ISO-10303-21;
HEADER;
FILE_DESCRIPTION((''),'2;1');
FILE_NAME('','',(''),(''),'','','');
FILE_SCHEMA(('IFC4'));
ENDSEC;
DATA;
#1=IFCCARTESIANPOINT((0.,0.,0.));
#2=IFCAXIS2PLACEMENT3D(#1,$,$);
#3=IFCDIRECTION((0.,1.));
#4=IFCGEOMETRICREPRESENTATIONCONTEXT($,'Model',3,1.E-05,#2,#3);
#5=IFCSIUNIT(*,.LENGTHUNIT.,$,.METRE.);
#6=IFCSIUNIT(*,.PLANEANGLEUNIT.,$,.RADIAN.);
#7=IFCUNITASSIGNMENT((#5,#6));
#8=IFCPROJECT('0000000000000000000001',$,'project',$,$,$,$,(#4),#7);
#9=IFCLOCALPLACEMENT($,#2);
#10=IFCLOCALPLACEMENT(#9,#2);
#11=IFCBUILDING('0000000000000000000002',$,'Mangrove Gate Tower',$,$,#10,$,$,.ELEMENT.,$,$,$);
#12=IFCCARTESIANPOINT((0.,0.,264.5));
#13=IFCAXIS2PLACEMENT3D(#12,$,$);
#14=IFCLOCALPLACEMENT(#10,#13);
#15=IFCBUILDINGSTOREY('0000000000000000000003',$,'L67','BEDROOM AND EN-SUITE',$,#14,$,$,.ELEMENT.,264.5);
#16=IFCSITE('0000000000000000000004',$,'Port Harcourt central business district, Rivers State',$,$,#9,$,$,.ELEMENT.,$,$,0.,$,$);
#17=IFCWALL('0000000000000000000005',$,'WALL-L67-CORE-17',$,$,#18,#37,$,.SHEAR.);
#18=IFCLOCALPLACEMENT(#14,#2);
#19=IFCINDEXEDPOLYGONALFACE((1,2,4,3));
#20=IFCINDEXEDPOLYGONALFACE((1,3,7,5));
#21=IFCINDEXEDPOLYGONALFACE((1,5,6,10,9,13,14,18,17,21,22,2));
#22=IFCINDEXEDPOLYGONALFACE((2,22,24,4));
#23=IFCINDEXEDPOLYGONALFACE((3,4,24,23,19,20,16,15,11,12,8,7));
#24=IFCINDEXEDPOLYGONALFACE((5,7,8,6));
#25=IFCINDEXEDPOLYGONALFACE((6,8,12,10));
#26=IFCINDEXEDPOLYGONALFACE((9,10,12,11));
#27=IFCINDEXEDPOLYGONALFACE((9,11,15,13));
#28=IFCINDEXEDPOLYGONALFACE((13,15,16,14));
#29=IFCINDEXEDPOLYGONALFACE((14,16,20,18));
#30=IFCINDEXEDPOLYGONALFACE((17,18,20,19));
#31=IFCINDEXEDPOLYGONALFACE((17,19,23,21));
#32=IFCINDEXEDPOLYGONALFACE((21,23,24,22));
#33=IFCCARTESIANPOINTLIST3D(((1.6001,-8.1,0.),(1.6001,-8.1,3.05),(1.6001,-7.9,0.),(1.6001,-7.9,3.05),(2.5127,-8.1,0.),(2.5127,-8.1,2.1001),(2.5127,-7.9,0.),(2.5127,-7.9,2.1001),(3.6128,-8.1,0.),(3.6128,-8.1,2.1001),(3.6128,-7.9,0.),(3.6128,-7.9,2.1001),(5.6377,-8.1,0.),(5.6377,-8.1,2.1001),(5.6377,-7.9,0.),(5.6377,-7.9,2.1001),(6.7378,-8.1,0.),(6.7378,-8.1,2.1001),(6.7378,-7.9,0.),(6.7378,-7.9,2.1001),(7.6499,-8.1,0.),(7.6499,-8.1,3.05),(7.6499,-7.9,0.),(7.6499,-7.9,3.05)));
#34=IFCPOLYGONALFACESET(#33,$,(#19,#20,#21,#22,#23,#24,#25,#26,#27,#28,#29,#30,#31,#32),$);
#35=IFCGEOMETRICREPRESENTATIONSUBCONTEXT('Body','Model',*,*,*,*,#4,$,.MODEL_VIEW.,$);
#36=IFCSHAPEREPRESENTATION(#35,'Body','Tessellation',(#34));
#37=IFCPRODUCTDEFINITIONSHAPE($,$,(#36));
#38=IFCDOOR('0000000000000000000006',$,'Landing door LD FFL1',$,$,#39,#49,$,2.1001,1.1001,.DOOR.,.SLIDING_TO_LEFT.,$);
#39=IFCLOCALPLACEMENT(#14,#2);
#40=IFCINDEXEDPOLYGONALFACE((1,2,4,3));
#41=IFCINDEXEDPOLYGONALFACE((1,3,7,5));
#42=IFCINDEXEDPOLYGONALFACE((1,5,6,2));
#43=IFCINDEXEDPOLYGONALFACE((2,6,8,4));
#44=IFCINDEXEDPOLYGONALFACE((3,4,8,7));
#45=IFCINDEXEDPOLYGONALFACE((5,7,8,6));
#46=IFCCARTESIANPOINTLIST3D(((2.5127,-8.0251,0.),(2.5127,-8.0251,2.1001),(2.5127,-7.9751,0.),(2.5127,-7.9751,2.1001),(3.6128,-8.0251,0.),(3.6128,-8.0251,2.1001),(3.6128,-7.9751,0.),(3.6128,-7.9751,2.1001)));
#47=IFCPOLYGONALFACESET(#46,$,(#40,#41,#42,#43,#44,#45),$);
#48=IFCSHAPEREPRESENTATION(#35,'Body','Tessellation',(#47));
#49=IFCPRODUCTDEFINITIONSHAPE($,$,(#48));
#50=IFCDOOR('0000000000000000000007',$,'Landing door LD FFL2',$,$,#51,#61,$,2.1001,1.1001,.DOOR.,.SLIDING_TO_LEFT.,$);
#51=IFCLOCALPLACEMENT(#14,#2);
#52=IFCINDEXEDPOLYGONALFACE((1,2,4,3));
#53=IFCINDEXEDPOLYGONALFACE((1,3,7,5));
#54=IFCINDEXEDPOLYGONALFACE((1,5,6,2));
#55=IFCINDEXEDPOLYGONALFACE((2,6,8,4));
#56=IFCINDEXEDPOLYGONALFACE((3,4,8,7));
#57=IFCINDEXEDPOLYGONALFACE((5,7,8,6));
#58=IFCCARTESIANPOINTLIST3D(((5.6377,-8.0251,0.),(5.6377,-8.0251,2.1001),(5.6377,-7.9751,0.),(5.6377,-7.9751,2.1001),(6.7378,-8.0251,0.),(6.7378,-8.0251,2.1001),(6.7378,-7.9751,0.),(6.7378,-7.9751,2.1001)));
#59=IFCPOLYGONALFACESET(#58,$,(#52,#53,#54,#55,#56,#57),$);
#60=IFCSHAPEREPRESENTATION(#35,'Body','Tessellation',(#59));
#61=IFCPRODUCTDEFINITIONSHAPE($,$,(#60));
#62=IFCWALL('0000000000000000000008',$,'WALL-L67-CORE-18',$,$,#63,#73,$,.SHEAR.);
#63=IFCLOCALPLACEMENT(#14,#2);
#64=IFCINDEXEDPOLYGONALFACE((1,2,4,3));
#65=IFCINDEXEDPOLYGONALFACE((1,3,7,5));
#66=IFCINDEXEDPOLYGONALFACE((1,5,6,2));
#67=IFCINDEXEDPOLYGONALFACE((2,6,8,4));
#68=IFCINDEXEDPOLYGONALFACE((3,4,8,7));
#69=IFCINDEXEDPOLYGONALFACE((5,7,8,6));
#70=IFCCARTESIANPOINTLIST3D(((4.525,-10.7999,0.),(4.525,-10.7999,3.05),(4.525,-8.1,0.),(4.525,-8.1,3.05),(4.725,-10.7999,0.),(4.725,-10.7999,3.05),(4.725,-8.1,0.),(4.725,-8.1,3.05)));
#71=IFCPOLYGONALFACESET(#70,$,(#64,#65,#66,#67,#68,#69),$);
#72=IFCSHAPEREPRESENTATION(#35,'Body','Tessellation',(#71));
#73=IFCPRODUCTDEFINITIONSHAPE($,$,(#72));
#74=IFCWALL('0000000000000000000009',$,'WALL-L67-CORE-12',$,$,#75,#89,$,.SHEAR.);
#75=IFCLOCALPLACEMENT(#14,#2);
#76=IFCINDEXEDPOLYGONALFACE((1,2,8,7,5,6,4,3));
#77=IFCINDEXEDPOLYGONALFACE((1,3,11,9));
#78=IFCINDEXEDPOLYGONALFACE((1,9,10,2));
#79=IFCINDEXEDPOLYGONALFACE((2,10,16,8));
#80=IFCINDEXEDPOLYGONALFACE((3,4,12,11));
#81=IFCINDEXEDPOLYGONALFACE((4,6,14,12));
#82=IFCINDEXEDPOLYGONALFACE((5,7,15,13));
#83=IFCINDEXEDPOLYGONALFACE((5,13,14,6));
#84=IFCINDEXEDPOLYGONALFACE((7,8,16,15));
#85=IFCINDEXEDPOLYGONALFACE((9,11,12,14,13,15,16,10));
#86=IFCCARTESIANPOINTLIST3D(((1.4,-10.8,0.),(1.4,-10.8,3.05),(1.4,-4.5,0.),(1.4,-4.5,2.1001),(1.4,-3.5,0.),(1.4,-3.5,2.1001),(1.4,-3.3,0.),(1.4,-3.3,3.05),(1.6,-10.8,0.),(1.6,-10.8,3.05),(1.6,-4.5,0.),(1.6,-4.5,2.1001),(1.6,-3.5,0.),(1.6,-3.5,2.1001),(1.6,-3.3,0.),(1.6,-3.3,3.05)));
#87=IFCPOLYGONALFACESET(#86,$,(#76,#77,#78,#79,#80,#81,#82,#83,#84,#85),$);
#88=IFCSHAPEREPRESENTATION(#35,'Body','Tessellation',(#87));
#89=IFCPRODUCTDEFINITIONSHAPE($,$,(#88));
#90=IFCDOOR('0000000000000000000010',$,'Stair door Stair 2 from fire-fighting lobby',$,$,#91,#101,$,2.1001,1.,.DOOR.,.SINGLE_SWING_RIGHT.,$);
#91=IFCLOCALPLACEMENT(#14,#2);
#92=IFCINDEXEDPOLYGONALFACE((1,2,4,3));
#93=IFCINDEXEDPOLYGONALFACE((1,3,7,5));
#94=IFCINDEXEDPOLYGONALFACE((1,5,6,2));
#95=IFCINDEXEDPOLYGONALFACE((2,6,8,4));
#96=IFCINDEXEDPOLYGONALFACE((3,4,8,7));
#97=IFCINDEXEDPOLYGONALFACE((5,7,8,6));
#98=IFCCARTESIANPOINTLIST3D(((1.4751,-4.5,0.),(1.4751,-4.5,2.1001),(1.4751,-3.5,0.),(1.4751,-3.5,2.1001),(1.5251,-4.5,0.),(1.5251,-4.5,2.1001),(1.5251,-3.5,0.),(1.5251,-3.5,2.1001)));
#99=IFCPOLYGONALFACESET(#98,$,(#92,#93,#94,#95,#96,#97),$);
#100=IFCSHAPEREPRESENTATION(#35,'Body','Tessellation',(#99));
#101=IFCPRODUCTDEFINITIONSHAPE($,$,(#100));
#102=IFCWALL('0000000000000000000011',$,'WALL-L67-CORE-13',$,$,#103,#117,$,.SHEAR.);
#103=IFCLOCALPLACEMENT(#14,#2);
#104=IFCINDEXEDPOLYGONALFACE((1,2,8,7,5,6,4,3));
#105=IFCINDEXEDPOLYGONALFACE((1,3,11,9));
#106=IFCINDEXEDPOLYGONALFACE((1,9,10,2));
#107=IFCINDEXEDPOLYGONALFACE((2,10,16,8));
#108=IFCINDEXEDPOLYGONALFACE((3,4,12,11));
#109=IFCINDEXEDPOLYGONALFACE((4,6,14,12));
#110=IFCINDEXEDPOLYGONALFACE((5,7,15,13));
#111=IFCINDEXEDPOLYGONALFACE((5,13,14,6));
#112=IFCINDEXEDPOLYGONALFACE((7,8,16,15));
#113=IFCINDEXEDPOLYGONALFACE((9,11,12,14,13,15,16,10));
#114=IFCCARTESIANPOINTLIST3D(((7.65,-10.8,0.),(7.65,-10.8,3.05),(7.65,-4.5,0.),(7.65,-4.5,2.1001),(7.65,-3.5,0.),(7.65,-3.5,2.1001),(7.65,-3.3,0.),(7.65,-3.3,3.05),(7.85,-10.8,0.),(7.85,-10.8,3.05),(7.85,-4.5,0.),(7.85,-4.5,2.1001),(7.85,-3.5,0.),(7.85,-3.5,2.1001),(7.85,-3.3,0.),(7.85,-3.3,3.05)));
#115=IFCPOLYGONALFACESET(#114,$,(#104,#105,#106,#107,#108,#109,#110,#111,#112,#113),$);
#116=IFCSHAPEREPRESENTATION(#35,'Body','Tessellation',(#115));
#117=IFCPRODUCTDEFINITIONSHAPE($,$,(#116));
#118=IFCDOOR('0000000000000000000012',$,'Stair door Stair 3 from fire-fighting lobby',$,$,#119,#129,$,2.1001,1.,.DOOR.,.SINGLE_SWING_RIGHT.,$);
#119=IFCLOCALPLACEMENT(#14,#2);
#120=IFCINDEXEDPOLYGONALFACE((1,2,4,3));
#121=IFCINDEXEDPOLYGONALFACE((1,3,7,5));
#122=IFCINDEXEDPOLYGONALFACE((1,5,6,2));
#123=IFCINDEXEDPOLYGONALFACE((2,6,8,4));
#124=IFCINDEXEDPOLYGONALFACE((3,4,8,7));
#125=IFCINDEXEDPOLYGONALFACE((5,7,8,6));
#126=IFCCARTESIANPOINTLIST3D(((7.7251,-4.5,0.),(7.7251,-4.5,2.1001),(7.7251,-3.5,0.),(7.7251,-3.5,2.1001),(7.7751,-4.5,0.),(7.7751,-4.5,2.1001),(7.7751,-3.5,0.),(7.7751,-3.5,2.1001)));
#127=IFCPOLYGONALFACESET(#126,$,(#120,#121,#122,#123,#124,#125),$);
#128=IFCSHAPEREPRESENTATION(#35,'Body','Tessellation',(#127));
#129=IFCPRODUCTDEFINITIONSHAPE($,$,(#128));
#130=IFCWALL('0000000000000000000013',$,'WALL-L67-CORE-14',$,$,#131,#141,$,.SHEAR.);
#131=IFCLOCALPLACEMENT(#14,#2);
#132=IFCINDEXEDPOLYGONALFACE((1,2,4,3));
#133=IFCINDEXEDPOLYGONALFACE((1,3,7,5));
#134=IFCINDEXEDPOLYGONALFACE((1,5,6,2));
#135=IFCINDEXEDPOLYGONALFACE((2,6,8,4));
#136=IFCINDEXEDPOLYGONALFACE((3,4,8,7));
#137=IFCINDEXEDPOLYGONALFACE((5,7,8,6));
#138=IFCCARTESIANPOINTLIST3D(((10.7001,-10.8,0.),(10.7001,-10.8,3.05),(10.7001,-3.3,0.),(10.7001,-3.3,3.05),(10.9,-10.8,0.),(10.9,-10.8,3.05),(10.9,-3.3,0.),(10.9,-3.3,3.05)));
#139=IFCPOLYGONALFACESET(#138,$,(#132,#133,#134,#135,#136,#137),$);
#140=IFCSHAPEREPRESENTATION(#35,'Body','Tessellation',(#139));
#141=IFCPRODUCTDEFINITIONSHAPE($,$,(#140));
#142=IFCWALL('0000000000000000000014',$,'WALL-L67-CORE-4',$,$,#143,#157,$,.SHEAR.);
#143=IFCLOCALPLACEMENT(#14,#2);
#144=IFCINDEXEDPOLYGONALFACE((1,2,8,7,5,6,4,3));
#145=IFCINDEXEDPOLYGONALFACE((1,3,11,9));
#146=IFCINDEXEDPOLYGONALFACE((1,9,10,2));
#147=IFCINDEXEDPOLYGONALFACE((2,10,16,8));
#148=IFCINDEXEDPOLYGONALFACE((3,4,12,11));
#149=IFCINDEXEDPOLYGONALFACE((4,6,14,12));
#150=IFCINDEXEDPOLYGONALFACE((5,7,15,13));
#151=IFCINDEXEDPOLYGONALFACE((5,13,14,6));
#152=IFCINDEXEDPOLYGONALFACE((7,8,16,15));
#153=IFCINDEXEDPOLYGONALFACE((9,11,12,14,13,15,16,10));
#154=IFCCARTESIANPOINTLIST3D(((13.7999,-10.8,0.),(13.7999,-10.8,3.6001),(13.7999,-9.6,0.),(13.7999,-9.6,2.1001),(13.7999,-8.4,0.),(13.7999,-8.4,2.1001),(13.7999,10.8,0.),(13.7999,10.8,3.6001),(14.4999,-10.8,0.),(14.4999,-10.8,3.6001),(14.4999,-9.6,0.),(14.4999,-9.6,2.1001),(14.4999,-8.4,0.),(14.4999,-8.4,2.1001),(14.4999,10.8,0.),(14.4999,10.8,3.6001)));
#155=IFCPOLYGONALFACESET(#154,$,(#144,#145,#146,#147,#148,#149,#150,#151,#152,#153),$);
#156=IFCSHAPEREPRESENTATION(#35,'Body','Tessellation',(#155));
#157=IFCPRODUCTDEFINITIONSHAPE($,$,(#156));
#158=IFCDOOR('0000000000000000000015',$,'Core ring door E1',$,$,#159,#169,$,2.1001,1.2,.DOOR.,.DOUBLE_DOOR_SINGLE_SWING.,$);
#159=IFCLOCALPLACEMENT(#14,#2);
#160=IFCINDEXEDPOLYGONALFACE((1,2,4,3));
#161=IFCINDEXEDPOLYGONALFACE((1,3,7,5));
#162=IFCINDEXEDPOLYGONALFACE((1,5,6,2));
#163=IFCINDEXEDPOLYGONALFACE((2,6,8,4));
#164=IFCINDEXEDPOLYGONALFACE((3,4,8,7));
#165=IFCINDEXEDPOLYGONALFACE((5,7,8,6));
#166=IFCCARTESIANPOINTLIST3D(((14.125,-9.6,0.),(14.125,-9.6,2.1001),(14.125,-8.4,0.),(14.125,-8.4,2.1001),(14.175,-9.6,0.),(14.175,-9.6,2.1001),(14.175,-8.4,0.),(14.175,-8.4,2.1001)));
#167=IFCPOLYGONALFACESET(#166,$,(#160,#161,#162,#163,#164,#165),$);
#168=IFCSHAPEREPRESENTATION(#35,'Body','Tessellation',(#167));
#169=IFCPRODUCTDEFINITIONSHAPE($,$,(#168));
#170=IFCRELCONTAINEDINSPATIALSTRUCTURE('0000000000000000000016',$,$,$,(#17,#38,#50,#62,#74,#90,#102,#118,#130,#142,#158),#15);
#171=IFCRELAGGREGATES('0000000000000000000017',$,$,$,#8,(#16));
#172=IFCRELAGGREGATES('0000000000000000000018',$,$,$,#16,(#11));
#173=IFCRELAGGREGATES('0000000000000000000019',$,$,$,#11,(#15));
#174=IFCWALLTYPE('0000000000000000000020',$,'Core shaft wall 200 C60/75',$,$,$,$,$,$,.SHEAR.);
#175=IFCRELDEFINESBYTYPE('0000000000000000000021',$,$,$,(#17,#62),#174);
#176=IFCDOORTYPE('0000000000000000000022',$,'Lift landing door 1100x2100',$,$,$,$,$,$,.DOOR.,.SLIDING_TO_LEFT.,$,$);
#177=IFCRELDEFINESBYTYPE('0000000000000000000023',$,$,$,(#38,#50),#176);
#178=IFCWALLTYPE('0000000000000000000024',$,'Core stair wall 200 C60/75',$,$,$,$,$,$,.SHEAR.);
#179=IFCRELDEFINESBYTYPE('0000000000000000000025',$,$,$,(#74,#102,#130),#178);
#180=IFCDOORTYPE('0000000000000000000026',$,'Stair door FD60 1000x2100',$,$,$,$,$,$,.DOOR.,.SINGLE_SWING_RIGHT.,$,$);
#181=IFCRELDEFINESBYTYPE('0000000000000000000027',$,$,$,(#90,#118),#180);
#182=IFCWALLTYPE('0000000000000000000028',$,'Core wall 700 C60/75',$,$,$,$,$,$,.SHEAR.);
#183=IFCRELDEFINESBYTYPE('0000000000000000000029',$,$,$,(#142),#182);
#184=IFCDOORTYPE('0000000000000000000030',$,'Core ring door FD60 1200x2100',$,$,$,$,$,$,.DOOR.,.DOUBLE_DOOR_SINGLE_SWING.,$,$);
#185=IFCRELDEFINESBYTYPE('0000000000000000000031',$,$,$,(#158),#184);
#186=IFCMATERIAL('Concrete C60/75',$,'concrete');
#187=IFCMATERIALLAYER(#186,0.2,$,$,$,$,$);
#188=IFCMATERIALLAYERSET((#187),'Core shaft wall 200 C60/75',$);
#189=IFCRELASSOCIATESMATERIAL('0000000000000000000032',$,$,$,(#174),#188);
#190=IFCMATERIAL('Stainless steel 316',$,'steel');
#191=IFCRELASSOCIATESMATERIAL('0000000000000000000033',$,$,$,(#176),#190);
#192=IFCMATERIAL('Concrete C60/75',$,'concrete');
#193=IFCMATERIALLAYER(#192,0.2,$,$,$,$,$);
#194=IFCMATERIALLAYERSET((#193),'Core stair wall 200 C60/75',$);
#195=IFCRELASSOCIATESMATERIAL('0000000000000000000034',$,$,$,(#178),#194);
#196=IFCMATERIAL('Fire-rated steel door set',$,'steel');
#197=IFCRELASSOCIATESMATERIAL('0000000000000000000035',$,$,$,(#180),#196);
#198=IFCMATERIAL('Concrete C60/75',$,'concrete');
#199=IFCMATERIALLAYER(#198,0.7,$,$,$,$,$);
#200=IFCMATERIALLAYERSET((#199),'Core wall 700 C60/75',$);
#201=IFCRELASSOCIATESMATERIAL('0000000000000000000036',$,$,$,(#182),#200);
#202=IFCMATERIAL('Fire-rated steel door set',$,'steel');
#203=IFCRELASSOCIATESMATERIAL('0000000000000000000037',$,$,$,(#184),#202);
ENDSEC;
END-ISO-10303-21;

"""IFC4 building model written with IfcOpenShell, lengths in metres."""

from ifc_helpers import new_model, si_unit, direction, frame, frame_2d, origin, place, context, subcontext, project, spatial, rectangle, extrude, material, layer, layer_set, type_object, element, fill, save


model = new_model("IFC4")

# Units and contexts
model_context = context("Model", 3, precision=1e-05, world=origin(), true_north=direction((0.0, 1.0)))
body_context = subcontext(model_context, "Body", "Model", "MODEL_VIEW")
ifc_project = project(units=[si_unit("LENGTHUNIT", "METRE"), si_unit("PLANEANGLEUNIT", "RADIAN")], contexts=[model_context])

# Site, building, storey
site_placement = place(None, origin())
site = spatial("IfcSite", under=ifc_project, at=site_placement, Name="Port Harcourt central business district, Rivers State", CompositionType="ELEMENT", RefElevation=0.0)
building_placement = place(site_placement, origin())
building = spatial("IfcBuilding", under=site, at=building_placement, Name="Mangrove Gate Tower", CompositionType="ELEMENT")
storey_placement = place(building_placement, frame((0.0, 0.0, 264.5)))
storey = spatial("IfcBuildingStorey", under=building, at=storey_placement, Name="L67", Description="BEDROOM AND EN-SUITE", CompositionType="ELEMENT", Elevation=264.5)

# Wall, openings, doors
ifc_material_1 = material(Name="Concrete C60/75", Category="concrete")
ifc_layer_1 = layer(ifc_material_1, 0.2)
ifc_layer_set_1 = layer_set([ifc_layer_1], Name="Core shaft wall 200 C60/75")
wall_type_1 = type_object("IfcWallType", Name="Core shaft wall 200 C60/75", PredefinedType="SHEAR", material=ifc_layer_set_1)
wall_1_placement = place(storey_placement, frame((1.6001, -8.0, 0.0), z_axis=(0.0, 0.0, 1.0), x_axis=(1.0, 0.0, 0.0)))
wall_1 = element("IfcWall", 1, at=wall_1_placement, inside=storey, type_object=wall_type_1, Name="WALL-L67-CORE-17", PredefinedType="SHEAR", context=body_context, shape_type="SweptSolid", body=[
    extrude(rectangle(XDim=6.0498, YDim=0.2, at=frame_2d((3.0249, 0.0))), origin(), (0.0, 0.0, 1.0), 3.05),
])
opening_1_placement = place(wall_1_placement, frame((0.9126, 0.0, 0.0)))
opening_1 = element("IfcOpeningElement", 2, at=opening_1_placement, cuts=wall_1, PredefinedType="OPENING", context=body_context, shape_type="SweptSolid", body=[
    extrude(rectangle(XDim=1.1001, YDim=2.1001, at=frame_2d((0.55, 1.05))), frame((0.0, 0.1099, 0.0), z_axis=(0.0, -1.0, 0.0), x_axis=(1.0, 0.0, 0.0)), (0.0, 0.0, 1.0), 0.22),
])
opening_2_placement = place(wall_1_placement, frame((4.0376, 0.0, 0.0)))
opening_2 = element("IfcOpeningElement", 3, at=opening_2_placement, cuts=wall_1, PredefinedType="OPENING", context=body_context, shape_type="SweptSolid", body=[
    extrude(rectangle(XDim=1.1001, YDim=2.1001, at=frame_2d((0.55, 1.05))), frame((0.0, 0.1099, 0.0), z_axis=(0.0, -1.0, 0.0), x_axis=(1.0, 0.0, 0.0)), (0.0, 0.0, 1.0), 0.22),
])
ifc_material_2 = material(Name="Stainless steel 316", Category="steel")
door_type_1 = type_object("IfcDoorType", Name="Lift landing door 1100x2100", OperationType="SLIDING_TO_LEFT", PredefinedType="DOOR", material=ifc_material_2)
door_1_placement = place(opening_1_placement, origin())
door_1 = element("IfcDoor", 4, at=door_1_placement, inside=storey, type_object=door_type_1, Name="Landing door LD FFL1", OperationType="SLIDING_TO_LEFT", OverallHeight=2.1001, OverallWidth=1.1001, PredefinedType="DOOR", context=body_context, shape_type="SweptSolid", body=[
    extrude(rectangle(XDim=1.1001, YDim=2.1001, at=frame_2d((0.55, 1.05))), frame((0.0, 0.0249, 0.0), z_axis=(0.0, -1.0, 0.0), x_axis=(1.0, 0.0, 0.0)), (0.0, 0.0, 1.0), 0.05),
])
fill(opening_1, door_1)
door_2_placement = place(opening_2_placement, origin())
door_2 = element("IfcDoor", 5, at=door_2_placement, inside=storey, type_object=door_type_1, Name="Landing door LD FFL2", OperationType="SLIDING_TO_LEFT", OverallHeight=2.1001, OverallWidth=1.1001, PredefinedType="DOOR", context=body_context, shape_type="SweptSolid", body=[
    extrude(rectangle(XDim=1.1001, YDim=2.1001, at=frame_2d((0.55, 1.05))), frame((0.0, 0.0249, 0.0), z_axis=(0.0, -1.0, 0.0), x_axis=(1.0, 0.0, 0.0)), (0.0, 0.0, 1.0), 0.05),
])
fill(opening_2, door_2)

# Wall
wall_2_placement = place(storey_placement, frame((4.625, -10.8, 0.0), z_axis=(0.0, 0.0, 1.0), x_axis=(0.0, 1.0, 0.0)))
element("IfcWall", 6, at=wall_2_placement, inside=storey, type_object=wall_type_1, Name="WALL-L67-CORE-18", PredefinedType="SHEAR", context=body_context, shape_type="SweptSolid", body=[
    extrude(rectangle(XDim=2.7, YDim=0.2, at=frame_2d((1.3501, 0.0))), origin(), (0.0, 0.0, 1.0), 3.05),
])

# Walls, openings, doors
ifc_material_3 = material(Name="Concrete C60/75", Category="concrete")
ifc_layer_2 = layer(ifc_material_3, 0.2)
ifc_layer_set_2 = layer_set([ifc_layer_2], Name="Core stair wall 200 C60/75")
wall_type_2 = type_object("IfcWallType", Name="Core stair wall 200 C60/75", PredefinedType="SHEAR", material=ifc_layer_set_2)
wall_3_placement = place(storey_placement, frame((1.5, -10.8, 0.0), z_axis=(0.0, 0.0, 1.0), x_axis=(0.0, 1.0, 0.0)))
wall_3 = element("IfcWall", 7, at=wall_3_placement, inside=storey, type_object=wall_type_2, Name="WALL-L67-CORE-12", PredefinedType="SHEAR", context=body_context, shape_type="SweptSolid", body=[
    extrude(rectangle(XDim=7.5, YDim=0.2, at=frame_2d((3.75, 0.0))), origin(), (0.0, 0.0, 1.0), 3.05),
])
opening_3_placement = place(wall_3_placement, frame((6.3, 0.0, 0.0)))
opening_3 = element("IfcOpeningElement", 8, at=opening_3_placement, cuts=wall_3, PredefinedType="OPENING", context=body_context, shape_type="SweptSolid", body=[
    extrude(rectangle(XDim=1.0, YDim=2.1001, at=frame_2d((0.5, 1.05))), frame((0.0, 0.1099, 0.0), z_axis=(0.0, -1.0, 0.0), x_axis=(1.0, 0.0, 0.0)), (0.0, 0.0, 1.0), 0.22),
])
ifc_material_4 = material(Name="Fire-rated steel door set", Category="steel")
door_type_2 = type_object("IfcDoorType", Name="Stair door FD60 1000x2100", OperationType="SINGLE_SWING_RIGHT", PredefinedType="DOOR", material=ifc_material_4)
door_3_placement = place(opening_3_placement, origin())
door_3 = element("IfcDoor", 9, at=door_3_placement, inside=storey, type_object=door_type_2, Name="Stair door Stair 2 from fire-fighting lobby", OperationType="SINGLE_SWING_RIGHT", OverallHeight=2.1001, OverallWidth=1.0, PredefinedType="DOOR", context=body_context, shape_type="SweptSolid", body=[
    extrude(rectangle(XDim=1.0, YDim=2.1001, at=frame_2d((0.5, 1.05))), frame((0.0, 0.0249, 0.0), z_axis=(0.0, -1.0, 0.0), x_axis=(1.0, 0.0, 0.0)), (0.0, 0.0, 1.0), 0.05),
])
fill(opening_3, door_3)
wall_4_placement = place(storey_placement, frame((7.75, -10.8, 0.0), z_axis=(0.0, 0.0, 1.0), x_axis=(0.0, 1.0, 0.0)))
wall_4 = element("IfcWall", 10, at=wall_4_placement, inside=storey, type_object=wall_type_2, Name="WALL-L67-CORE-13", PredefinedType="SHEAR", context=body_context, shape_type="SweptSolid", body=[
    extrude(rectangle(XDim=7.5, YDim=0.2, at=frame_2d((3.75, 0.0))), origin(), (0.0, 0.0, 1.0), 3.05),
])
opening_4_placement = place(wall_4_placement, frame((6.3, 0.0, 0.0)))
opening_4 = element("IfcOpeningElement", 11, at=opening_4_placement, cuts=wall_4, PredefinedType="OPENING", context=body_context, shape_type="SweptSolid", body=[
    extrude(rectangle(XDim=1.0, YDim=2.1001, at=frame_2d((0.5, 1.05))), frame((0.0, 0.1099, 0.0), z_axis=(0.0, -1.0, 0.0), x_axis=(1.0, 0.0, 0.0)), (0.0, 0.0, 1.0), 0.22),
])
door_4_placement = place(opening_4_placement, origin())
door_4 = element("IfcDoor", 12, at=door_4_placement, inside=storey, type_object=door_type_2, Name="Stair door Stair 3 from fire-fighting lobby", OperationType="SINGLE_SWING_RIGHT", OverallHeight=2.1001, OverallWidth=1.0, PredefinedType="DOOR", context=body_context, shape_type="SweptSolid", body=[
    extrude(rectangle(XDim=1.0, YDim=2.1001, at=frame_2d((0.5, 1.05))), frame((0.0, 0.0249, 0.0), z_axis=(0.0, -1.0, 0.0), x_axis=(1.0, 0.0, 0.0)), (0.0, 0.0, 1.0), 0.05),
])
fill(opening_4, door_4)

# Wall
wall_5_placement = place(storey_placement, frame((10.8, -10.8, 0.0), z_axis=(0.0, 0.0, 1.0), x_axis=(0.0, 1.0, 0.0)))
element("IfcWall", 13, at=wall_5_placement, inside=storey, type_object=wall_type_2, Name="WALL-L67-CORE-14", PredefinedType="SHEAR", context=body_context, shape_type="SweptSolid", body=[
    extrude(rectangle(XDim=7.5, YDim=0.2, at=frame_2d((3.75, 0.0))), origin(), (0.0, 0.0, 1.0), 3.05),
])

# Wall, opening, door
ifc_material_5 = material(Name="Concrete C60/75", Category="concrete")
ifc_layer_3 = layer(ifc_material_5, 0.7)
ifc_layer_set_3 = layer_set([ifc_layer_3], Name="Core wall 700 C60/75")
wall_type_3 = type_object("IfcWallType", Name="Core wall 700 C60/75", PredefinedType="SHEAR", material=ifc_layer_set_3)
wall_6_placement = place(storey_placement, frame((14.1499, -10.8, 0.0), z_axis=(0.0, 0.0, 1.0), x_axis=(0.0, 1.0, 0.0)))
wall_6 = element("IfcWall", 14, at=wall_6_placement, inside=storey, type_object=wall_type_3, Name="WALL-L67-CORE-4", PredefinedType="SHEAR", context=body_context, shape_type="SweptSolid", body=[
    extrude(rectangle(XDim=21.6001, YDim=0.7, at=frame_2d((10.8, 0.0))), origin(), (0.0, 0.0, 1.0), 3.6001),
])
opening_5_placement = place(wall_6_placement, frame((1.2, 0.0, 0.0)))
opening_5 = element("IfcOpeningElement", 15, at=opening_5_placement, cuts=wall_6, PredefinedType="OPENING", context=body_context, shape_type="SweptSolid", body=[
    extrude(rectangle(XDim=1.2, YDim=2.1001, at=frame_2d((0.6001, 1.05))), frame((0.0, 0.3599, 0.0), z_axis=(0.0, -1.0, 0.0), x_axis=(1.0, 0.0, 0.0)), (0.0, 0.0, 1.0), 0.72),
])
ifc_material_6 = material(Name="Fire-rated steel door set", Category="steel")
door_type_3 = type_object("IfcDoorType", Name="Core ring door FD60 1200x2100", OperationType="DOUBLE_DOOR_SINGLE_SWING", PredefinedType="DOOR", material=ifc_material_6)
door_5_placement = place(opening_5_placement, origin())
door_5 = element("IfcDoor", 16, at=door_5_placement, inside=storey, type_object=door_type_3, Name="Core ring door E1", OperationType="DOUBLE_DOOR_SINGLE_SWING", OverallHeight=2.1001, OverallWidth=1.2, PredefinedType="DOOR", context=body_context, shape_type="SweptSolid", body=[
    extrude(rectangle(XDim=1.2, YDim=2.1001, at=frame_2d((0.6001, 1.05))), frame((0.0, 0.0249, 0.0), z_axis=(0.0, -1.0, 0.0), x_axis=(1.0, 0.0, 0.0)), (0.0, 0.0, 1.0), 0.05),
])
fill(opening_5, door_5)

save(model, "model.ifc")
